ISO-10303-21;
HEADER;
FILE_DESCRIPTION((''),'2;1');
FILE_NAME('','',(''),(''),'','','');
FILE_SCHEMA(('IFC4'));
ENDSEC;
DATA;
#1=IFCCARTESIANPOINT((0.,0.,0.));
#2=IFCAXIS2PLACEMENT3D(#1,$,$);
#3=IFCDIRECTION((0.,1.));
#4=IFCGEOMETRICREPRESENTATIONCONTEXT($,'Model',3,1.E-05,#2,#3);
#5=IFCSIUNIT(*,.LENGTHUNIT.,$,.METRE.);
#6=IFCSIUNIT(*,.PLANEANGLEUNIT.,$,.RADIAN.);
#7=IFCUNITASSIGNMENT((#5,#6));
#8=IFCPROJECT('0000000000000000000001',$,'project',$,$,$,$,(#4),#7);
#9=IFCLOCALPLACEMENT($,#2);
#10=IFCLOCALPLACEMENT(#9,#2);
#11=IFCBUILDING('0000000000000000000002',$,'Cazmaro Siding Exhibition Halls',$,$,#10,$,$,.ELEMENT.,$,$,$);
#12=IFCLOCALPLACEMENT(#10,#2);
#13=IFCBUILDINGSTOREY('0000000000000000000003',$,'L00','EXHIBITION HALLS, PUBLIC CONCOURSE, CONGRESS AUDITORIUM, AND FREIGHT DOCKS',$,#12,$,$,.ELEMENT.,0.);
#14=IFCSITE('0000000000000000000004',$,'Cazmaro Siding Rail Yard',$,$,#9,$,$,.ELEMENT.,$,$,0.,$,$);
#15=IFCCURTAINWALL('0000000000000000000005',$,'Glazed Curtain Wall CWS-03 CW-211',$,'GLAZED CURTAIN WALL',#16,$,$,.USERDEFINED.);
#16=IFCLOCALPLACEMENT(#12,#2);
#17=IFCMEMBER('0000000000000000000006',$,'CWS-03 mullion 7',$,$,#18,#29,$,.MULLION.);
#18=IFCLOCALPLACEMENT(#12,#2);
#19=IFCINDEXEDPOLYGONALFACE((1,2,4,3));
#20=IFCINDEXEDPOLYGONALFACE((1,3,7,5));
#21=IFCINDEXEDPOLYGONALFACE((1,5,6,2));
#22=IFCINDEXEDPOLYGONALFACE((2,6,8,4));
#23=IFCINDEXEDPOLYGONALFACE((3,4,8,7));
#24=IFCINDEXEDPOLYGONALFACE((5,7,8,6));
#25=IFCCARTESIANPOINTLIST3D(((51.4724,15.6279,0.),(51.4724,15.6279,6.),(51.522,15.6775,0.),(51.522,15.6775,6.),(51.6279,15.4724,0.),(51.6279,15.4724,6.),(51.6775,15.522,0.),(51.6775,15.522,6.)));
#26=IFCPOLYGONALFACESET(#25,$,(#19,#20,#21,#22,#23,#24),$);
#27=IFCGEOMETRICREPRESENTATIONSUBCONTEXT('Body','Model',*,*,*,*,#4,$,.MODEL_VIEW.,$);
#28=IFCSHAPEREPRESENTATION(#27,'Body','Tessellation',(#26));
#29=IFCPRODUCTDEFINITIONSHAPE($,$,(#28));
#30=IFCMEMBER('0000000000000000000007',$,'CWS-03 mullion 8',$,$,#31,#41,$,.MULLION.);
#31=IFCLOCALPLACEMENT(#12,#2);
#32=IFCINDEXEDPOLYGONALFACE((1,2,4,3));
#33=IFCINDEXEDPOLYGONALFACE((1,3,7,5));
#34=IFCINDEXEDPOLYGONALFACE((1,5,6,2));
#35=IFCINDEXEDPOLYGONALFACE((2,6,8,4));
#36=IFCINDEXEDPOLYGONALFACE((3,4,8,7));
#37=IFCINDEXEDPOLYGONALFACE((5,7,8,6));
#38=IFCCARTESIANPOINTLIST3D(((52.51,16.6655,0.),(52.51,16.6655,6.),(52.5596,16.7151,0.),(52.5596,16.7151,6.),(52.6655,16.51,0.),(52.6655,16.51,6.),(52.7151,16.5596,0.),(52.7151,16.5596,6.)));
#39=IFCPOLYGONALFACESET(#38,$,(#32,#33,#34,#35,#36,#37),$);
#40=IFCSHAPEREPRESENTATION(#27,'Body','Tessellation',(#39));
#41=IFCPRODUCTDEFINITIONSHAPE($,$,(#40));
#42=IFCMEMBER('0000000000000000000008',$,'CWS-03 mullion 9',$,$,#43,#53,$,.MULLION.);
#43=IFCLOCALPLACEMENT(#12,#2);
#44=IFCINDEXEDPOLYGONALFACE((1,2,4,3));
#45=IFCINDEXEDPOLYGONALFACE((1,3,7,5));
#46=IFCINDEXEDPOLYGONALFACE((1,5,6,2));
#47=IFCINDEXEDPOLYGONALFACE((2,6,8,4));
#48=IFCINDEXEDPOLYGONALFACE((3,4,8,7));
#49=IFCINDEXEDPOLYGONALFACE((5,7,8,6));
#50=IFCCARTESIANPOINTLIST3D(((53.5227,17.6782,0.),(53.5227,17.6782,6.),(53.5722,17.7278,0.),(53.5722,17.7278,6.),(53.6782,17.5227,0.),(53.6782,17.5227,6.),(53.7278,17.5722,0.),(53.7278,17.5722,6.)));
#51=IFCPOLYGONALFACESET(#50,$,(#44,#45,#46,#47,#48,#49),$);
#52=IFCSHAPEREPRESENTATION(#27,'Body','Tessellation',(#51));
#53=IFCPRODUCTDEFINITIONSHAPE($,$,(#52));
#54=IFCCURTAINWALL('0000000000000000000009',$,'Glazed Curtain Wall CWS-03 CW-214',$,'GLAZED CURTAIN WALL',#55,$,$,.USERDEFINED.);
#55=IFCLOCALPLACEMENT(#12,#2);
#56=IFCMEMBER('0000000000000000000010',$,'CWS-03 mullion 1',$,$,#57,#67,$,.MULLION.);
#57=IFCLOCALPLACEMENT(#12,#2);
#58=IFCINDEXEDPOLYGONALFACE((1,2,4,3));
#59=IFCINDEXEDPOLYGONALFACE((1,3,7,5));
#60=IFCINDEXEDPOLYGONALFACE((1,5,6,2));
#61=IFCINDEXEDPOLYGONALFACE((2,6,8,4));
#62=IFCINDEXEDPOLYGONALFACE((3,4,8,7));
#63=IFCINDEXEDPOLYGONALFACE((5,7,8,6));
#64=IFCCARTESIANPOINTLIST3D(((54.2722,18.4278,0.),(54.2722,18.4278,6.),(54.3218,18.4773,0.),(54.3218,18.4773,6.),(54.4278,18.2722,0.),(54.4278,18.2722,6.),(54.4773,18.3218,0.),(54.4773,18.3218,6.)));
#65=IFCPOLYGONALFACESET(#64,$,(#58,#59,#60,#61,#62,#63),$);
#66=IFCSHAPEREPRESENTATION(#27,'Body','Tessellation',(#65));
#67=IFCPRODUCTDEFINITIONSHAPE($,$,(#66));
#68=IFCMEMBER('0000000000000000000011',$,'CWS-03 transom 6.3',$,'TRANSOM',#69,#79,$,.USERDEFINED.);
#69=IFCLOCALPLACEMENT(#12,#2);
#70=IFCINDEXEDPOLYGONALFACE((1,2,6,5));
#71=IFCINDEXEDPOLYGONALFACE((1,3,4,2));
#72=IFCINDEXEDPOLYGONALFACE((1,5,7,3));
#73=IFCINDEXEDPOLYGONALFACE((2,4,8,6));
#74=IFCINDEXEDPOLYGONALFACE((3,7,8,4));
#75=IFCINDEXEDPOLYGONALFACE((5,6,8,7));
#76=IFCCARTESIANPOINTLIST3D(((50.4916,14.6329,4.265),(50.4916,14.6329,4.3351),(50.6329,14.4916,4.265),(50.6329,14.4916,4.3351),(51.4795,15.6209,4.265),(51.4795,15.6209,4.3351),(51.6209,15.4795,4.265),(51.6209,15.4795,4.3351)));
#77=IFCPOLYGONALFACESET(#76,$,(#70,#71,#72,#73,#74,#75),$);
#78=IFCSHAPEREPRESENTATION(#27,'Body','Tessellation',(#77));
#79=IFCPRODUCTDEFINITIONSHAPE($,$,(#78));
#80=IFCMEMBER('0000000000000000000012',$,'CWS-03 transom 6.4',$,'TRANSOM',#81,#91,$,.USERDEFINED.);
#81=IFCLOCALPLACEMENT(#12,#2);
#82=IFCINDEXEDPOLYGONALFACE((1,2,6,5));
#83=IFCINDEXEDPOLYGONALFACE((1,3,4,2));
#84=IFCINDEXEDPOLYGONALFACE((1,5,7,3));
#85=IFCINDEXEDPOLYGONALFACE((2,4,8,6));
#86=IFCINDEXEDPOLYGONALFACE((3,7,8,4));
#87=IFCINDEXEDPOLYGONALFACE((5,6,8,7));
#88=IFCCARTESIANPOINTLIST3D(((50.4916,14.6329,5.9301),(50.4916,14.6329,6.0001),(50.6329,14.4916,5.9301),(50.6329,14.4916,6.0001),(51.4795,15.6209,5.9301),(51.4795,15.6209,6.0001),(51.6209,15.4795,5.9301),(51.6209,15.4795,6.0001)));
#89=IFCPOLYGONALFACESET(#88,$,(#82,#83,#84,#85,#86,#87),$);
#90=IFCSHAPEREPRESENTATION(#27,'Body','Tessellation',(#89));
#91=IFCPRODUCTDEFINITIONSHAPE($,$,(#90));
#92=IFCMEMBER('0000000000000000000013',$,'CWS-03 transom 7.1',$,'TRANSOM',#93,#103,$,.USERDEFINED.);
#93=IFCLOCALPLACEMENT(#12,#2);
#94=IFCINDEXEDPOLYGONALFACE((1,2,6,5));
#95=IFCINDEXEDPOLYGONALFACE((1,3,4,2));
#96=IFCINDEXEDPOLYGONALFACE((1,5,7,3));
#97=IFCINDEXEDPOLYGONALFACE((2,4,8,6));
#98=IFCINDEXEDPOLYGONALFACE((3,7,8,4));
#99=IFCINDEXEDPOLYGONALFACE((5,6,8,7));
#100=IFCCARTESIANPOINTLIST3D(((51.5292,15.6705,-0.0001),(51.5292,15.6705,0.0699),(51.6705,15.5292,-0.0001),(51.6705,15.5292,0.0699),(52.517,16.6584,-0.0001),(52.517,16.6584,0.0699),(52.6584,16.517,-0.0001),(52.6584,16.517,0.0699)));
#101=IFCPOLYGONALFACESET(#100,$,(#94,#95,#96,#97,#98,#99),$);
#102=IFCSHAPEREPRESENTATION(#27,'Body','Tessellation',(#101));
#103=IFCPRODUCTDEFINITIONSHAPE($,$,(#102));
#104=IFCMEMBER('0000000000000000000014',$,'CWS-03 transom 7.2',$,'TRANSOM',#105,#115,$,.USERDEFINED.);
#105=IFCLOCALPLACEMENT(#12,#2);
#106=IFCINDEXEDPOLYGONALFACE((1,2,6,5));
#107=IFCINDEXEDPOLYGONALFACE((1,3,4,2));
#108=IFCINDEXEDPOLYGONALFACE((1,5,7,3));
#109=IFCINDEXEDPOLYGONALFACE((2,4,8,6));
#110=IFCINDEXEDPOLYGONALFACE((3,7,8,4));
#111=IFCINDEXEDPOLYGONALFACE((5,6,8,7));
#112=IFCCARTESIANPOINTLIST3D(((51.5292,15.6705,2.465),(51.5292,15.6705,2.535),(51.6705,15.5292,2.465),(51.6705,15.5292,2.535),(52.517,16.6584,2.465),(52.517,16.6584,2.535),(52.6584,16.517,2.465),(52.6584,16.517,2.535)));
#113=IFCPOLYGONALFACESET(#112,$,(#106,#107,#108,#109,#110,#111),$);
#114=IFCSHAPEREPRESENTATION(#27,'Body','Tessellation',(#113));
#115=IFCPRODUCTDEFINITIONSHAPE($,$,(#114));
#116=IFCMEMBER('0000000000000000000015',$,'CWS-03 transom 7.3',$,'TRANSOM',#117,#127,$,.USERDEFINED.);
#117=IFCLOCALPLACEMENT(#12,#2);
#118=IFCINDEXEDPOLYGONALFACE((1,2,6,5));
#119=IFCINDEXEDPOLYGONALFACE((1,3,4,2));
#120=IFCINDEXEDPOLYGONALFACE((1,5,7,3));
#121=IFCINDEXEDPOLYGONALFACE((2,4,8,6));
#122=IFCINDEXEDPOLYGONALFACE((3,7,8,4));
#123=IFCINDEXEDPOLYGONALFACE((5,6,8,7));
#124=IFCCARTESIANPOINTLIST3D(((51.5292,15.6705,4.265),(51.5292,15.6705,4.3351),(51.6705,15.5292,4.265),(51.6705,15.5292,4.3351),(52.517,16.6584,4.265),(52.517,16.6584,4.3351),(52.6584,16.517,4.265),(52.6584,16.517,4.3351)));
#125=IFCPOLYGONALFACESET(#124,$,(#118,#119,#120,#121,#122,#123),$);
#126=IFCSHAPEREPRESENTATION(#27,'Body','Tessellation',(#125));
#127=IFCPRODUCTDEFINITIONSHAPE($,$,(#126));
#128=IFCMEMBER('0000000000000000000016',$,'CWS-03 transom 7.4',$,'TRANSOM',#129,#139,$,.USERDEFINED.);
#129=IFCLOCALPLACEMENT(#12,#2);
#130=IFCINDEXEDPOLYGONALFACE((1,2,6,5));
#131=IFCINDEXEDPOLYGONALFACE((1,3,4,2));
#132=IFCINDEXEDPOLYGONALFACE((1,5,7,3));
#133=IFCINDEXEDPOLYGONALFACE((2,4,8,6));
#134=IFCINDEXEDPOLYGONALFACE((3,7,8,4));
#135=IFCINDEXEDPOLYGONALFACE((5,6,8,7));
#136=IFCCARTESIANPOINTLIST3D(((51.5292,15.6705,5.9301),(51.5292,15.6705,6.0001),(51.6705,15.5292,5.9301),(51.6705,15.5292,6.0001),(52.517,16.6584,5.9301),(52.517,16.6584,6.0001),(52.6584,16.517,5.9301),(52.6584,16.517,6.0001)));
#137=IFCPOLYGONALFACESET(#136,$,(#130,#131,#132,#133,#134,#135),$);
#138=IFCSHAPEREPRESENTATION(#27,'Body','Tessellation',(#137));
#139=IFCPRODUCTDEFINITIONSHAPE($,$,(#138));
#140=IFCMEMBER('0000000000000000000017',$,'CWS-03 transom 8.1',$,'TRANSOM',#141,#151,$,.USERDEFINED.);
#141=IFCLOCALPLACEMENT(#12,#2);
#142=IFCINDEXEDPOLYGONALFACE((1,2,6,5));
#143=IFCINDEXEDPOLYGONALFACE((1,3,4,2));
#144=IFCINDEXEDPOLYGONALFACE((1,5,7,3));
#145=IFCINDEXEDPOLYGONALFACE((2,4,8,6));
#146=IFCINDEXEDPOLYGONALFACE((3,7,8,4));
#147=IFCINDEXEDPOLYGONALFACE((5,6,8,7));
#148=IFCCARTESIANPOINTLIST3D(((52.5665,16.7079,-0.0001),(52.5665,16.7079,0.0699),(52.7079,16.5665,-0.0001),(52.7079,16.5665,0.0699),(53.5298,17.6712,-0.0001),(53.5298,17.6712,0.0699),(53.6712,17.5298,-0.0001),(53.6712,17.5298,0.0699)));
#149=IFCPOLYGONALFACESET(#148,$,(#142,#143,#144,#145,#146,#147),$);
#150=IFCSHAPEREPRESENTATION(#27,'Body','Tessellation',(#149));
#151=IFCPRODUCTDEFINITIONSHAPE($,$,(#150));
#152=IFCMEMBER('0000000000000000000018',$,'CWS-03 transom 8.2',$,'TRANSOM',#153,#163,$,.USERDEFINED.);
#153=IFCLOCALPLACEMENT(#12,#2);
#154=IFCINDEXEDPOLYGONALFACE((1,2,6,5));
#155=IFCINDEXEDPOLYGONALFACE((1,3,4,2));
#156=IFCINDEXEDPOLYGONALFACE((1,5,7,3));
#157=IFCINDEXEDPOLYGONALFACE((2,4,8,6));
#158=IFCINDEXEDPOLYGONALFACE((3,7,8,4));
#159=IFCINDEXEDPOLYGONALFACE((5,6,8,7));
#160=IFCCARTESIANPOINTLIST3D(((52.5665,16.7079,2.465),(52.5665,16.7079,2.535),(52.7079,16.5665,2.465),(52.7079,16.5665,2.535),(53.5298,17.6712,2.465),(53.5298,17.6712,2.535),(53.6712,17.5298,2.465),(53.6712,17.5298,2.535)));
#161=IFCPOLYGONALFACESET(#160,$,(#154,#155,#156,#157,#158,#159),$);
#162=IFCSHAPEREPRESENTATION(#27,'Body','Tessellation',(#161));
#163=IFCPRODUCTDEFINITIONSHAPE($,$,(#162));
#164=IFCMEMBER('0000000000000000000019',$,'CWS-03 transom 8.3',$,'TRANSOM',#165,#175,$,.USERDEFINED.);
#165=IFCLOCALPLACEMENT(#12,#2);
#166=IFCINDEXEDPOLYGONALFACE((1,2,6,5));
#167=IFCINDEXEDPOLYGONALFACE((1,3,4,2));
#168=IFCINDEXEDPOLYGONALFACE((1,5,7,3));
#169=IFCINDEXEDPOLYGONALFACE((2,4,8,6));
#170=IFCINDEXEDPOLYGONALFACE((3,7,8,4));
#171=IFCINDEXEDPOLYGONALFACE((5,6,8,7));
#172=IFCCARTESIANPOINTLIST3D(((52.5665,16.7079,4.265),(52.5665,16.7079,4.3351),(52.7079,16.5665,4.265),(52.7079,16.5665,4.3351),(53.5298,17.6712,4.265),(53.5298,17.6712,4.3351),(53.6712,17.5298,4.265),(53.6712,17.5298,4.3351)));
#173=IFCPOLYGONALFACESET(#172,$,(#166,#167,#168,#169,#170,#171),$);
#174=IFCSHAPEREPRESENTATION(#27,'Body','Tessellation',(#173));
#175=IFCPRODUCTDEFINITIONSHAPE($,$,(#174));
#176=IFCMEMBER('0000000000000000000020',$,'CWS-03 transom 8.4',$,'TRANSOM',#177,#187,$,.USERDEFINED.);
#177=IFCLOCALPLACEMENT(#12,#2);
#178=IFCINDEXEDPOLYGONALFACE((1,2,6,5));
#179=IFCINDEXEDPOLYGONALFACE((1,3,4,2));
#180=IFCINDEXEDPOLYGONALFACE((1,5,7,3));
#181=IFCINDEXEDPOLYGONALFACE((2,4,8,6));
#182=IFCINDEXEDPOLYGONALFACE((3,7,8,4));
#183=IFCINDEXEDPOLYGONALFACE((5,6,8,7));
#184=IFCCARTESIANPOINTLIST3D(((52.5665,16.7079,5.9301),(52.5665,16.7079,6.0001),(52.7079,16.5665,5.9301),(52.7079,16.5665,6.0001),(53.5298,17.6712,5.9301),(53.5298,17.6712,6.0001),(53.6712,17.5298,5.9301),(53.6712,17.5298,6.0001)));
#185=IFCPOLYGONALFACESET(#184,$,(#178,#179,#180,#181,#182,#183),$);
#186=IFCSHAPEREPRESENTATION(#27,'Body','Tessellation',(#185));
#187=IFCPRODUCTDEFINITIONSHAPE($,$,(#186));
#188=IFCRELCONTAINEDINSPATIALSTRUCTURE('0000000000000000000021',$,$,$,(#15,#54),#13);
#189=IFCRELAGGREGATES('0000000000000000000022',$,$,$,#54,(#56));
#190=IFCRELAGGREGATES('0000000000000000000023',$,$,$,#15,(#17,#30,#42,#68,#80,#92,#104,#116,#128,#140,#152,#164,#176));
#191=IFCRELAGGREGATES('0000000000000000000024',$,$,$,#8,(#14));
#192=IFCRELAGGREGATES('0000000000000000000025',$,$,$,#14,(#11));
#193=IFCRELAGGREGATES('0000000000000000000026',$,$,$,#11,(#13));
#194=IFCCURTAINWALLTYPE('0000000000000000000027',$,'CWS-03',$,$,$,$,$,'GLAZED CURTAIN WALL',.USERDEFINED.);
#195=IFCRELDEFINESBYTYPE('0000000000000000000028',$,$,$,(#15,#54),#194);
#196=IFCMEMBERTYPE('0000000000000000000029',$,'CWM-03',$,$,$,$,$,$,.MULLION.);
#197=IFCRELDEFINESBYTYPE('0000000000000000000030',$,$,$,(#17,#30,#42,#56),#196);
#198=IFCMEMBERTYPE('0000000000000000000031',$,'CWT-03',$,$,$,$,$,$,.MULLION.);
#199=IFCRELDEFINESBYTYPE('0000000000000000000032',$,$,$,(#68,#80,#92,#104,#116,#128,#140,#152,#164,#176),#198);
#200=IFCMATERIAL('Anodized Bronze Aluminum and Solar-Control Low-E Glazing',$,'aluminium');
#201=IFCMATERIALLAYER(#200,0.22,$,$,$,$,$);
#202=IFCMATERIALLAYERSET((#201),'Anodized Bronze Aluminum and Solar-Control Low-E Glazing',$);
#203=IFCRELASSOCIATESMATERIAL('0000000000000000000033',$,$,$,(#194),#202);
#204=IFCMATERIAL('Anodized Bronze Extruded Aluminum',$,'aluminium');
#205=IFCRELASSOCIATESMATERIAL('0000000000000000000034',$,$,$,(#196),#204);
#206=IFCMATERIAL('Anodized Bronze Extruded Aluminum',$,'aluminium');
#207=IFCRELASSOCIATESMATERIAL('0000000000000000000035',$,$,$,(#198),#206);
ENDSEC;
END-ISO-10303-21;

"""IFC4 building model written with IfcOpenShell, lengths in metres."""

from ifc_helpers import new_model, si_unit, direction, frame, origin, origin_2d, place, context, subcontext, project, spatial, rectangle, extrude, material, layer, layer_set, material_profile, profile_set, type_object, element, aggregate, save


model = new_model("IFC4")

# Units and contexts
model_context = context("Model", 3, precision=1e-05, world=origin(), true_north=direction((0.0, 1.0)))
body_context = subcontext(model_context, "Body", "Model", "MODEL_VIEW")
ifc_project = project(units=[si_unit("LENGTHUNIT", "METRE"), si_unit("PLANEANGLEUNIT", "RADIAN")], contexts=[model_context])

# Site, building, storey
site_placement = place(None, origin())
site = spatial("IfcSite", under=ifc_project, at=site_placement, Name="Cazmaro Siding Rail Yard", CompositionType="ELEMENT", RefElevation=0.0)
building_placement = place(site_placement, origin())
building = spatial("IfcBuilding", under=site, at=building_placement, Name="Cazmaro Siding Exhibition Halls", CompositionType="ELEMENT")
storey_placement = place(building_placement, origin())
storey = spatial("IfcBuildingStorey", under=building, at=storey_placement, Name="L00", Description="EXHIBITION HALLS, PUBLIC CONCOURSE, CONGRESS AUDITORIUM, AND FREIGHT DOCKS", CompositionType="ELEMENT", Elevation=0.0)

# Curtain wall, members
ifc_material_1 = material(Name="Anodized Bronze Aluminum and Solar-Control Low-E Glazing", Category="aluminium")
ifc_layer_1 = layer(ifc_material_1, 0.22)
ifc_layer_set_1 = layer_set([ifc_layer_1], Name="Anodized Bronze Aluminum and Solar-Control Low-E Glazing")
curtain_wall_type = type_object("IfcCurtainWallType", Name="CWS-03", ElementType="GLAZED CURTAIN WALL", PredefinedType="USERDEFINED", material=ifc_layer_set_1)
curtain_wall_1_placement = place(storey_placement, origin())
curtain_wall_1 = element("IfcCurtainWall", 1, at=curtain_wall_1_placement, inside=storey, type_object=curtain_wall_type, Name="Glazed Curtain Wall CWS-03 CW-211", ObjectType="GLAZED CURTAIN WALL", PredefinedType="USERDEFINED")
ifc_material_2 = material(Name="Anodized Bronze Extruded Aluminum", Category="aluminium")
ifc_material_profile_1 = material_profile(ifc_material_2, rectangle(XDim=0.22, YDim=0.0701, at=origin_2d()), Name="CWM-03")
ifc_profile_set_1 = profile_set([ifc_material_profile_1], Name="Anodized Bronze Extruded Aluminum")
member_type_1 = type_object("IfcMemberType", Name="CWM-03", PredefinedType="MULLION", material=ifc_profile_set_1)
member_1_placement = place(storey_placement, frame((51.575, 15.575, 0.0), z_axis=(0.0, 0.0, 1.0), x_axis=(-0.707107, 0.707107, 0.0)))
member_1 = element("IfcMember", 2, at=member_1_placement, type_object=member_type_1, Name="CWS-03 mullion 7", PredefinedType="MULLION", context=body_context, shape_type="SweptSolid", body=[
    extrude(rectangle(XDim=0.22, YDim=0.0701, at=origin_2d()), origin(), (0.0, 0.0, 1.0), 6.0),
])
member_2_placement = place(storey_placement, frame((52.6125, 16.6125, 0.0), z_axis=(0.0, 0.0, 1.0), x_axis=(-0.707107, 0.707107, 0.0)))
member_2 = element("IfcMember", 3, at=member_2_placement, type_object=member_type_1, Name="CWS-03 mullion 8", PredefinedType="MULLION", context=body_context, shape_type="SweptSolid", body=[
    extrude(rectangle(XDim=0.22, YDim=0.0701, at=origin_2d()), origin(), (0.0, 0.0, 1.0), 6.0),
])
member_3_placement = place(storey_placement, frame((53.6252, 17.6252, 0.0), z_axis=(0.0, 0.0, 1.0), x_axis=(-0.707107, 0.707107, 0.0)))
member_3 = element("IfcMember", 4, at=member_3_placement, type_object=member_type_1, Name="CWS-03 mullion 9", PredefinedType="MULLION", context=body_context, shape_type="SweptSolid", body=[
    extrude(rectangle(XDim=0.22, YDim=0.0701, at=origin_2d()), origin(), (0.0, 0.0, 1.0), 6.0),
])

# Curtain wall, member
curtain_wall_2_placement = place(storey_placement, origin())
curtain_wall_2 = element("IfcCurtainWall", 5, at=curtain_wall_2_placement, inside=storey, type_object=curtain_wall_type, Name="Glazed Curtain Wall CWS-03 CW-214", ObjectType="GLAZED CURTAIN WALL", PredefinedType="USERDEFINED")
member_4_placement = place(storey_placement, frame((54.3748, 18.3748, 0.0), z_axis=(0.0, 0.0, 1.0), x_axis=(-0.707107, 0.707107, 0.0)))
member_4 = element("IfcMember", 6, at=member_4_placement, type_object=member_type_1, Name="CWS-03 mullion 1", PredefinedType="MULLION", context=body_context, shape_type="SweptSolid", body=[
    extrude(rectangle(XDim=0.22, YDim=0.0701, at=origin_2d()), origin(), (0.0, 0.0, 1.0), 6.0),
])

# Members
ifc_material_3 = material(Name="Anodized Bronze Extruded Aluminum", Category="aluminium")
ifc_material_profile_2 = material_profile(ifc_material_3, rectangle(XDim=0.2, YDim=0.0701, at=origin_2d()), Name="CWT-03")
ifc_profile_set_2 = profile_set([ifc_material_profile_2], Name="Anodized Bronze Extruded Aluminum")
member_type_2 = type_object("IfcMemberType", Name="CWT-03", PredefinedType="MULLION", material=ifc_profile_set_2)
member_5_placement = place(storey_placement, frame((50.5623, 14.5623, 4.3), z_axis=(0.707107, 0.707107, 0.0), x_axis=(-0.707107, 0.707107, 0.0)))
member_5 = element("IfcMember", 7, at=member_5_placement, type_object=member_type_2, Name="CWS-03 transom 6.3", ObjectType="TRANSOM", PredefinedType="USERDEFINED", context=body_context, shape_type="SweptSolid", body=[
    extrude(rectangle(XDim=0.2, YDim=0.0701, at=origin_2d()), origin(), (0.0, 0.0, 1.0), 1.3972),
])
member_6_placement = place(storey_placement, frame((50.5623, 14.5623, 5.9651), z_axis=(0.707107, 0.707107, 0.0), x_axis=(-0.707107, 0.707107, 0.0)))
member_6 = element("IfcMember", 8, at=member_6_placement, type_object=member_type_2, Name="CWS-03 transom 6.4", ObjectType="TRANSOM", PredefinedType="USERDEFINED", context=body_context, shape_type="SweptSolid", body=[
    extrude(rectangle(XDim=0.2, YDim=0.0701, at=origin_2d()), origin(), (0.0, 0.0, 1.0), 1.3972),
])
member_7_placement = place(storey_placement, frame((51.5999, 15.5999, 0.0349), z_axis=(0.707107, 0.707107, 0.0), x_axis=(-0.707107, 0.707107, 0.0)))
member_7 = element("IfcMember", 9, at=member_7_placement, type_object=member_type_2, Name="CWS-03 transom 7.1", ObjectType="TRANSOM", PredefinedType="USERDEFINED", context=body_context, shape_type="SweptSolid", body=[
    extrude(rectangle(XDim=0.2, YDim=0.0701, at=origin_2d()), origin(), (0.0, 0.0, 1.0), 1.397),
])
member_8_placement = place(storey_placement, frame((51.5999, 15.5999, 2.5), z_axis=(0.707107, 0.707107, 0.0), x_axis=(-0.707107, 0.707107, 0.0)))
member_8 = element("IfcMember", 10, at=member_8_placement, type_object=member_type_2, Name="CWS-03 transom 7.2", ObjectType="TRANSOM", PredefinedType="USERDEFINED", context=body_context, shape_type="SweptSolid", body=[
    extrude(rectangle(XDim=0.2, YDim=0.0701, at=origin_2d()), origin(), (0.0, 0.0, 1.0), 1.397),
])
member_9_placement = place(storey_placement, frame((51.5999, 15.5999, 4.3), z_axis=(0.707107, 0.707107, 0.0), x_axis=(-0.707107, 0.707107, 0.0)))
member_9 = element("IfcMember", 11, at=member_9_placement, type_object=member_type_2, Name="CWS-03 transom 7.3", ObjectType="TRANSOM", PredefinedType="USERDEFINED", context=body_context, shape_type="SweptSolid", body=[
    extrude(rectangle(XDim=0.2, YDim=0.0701, at=origin_2d()), origin(), (0.0, 0.0, 1.0), 1.397),
])
member_10_placement = place(storey_placement, frame((51.5999, 15.5999, 5.9651), z_axis=(0.707107, 0.707107, 0.0), x_axis=(-0.707107, 0.707107, 0.0)))
member_10 = element("IfcMember", 12, at=member_10_placement, type_object=member_type_2, Name="CWS-03 transom 7.4", ObjectType="TRANSOM", PredefinedType="USERDEFINED", context=body_context, shape_type="SweptSolid", body=[
    extrude(rectangle(XDim=0.2, YDim=0.0701, at=origin_2d()), origin(), (0.0, 0.0, 1.0), 1.397),
])
member_11_placement = place(storey_placement, frame((52.6372, 16.6372, 0.0349), z_axis=(0.707107, 0.707107, 0.0), x_axis=(-0.707107, 0.707107, 0.0)))
member_11 = element("IfcMember", 13, at=member_11_placement, type_object=member_type_2, Name="CWS-03 transom 8.1", ObjectType="TRANSOM", PredefinedType="USERDEFINED", context=body_context, shape_type="SweptSolid", body=[
    extrude(rectangle(XDim=0.2, YDim=0.0701, at=origin_2d()), origin(), (0.0, 0.0, 1.0), 1.3623),
])
member_12_placement = place(storey_placement, frame((52.6372, 16.6372, 2.5), z_axis=(0.707107, 0.707107, 0.0), x_axis=(-0.707107, 0.707107, 0.0)))
member_12 = element("IfcMember", 14, at=member_12_placement, type_object=member_type_2, Name="CWS-03 transom 8.2", ObjectType="TRANSOM", PredefinedType="USERDEFINED", context=body_context, shape_type="SweptSolid", body=[
    extrude(rectangle(XDim=0.2, YDim=0.0701, at=origin_2d()), origin(), (0.0, 0.0, 1.0), 1.3623),
])
member_13_placement = place(storey_placement, frame((52.6372, 16.6372, 4.3), z_axis=(0.707107, 0.707107, 0.0), x_axis=(-0.707107, 0.707107, 0.0)))
member_13 = element("IfcMember", 15, at=member_13_placement, type_object=member_type_2, Name="CWS-03 transom 8.3", ObjectType="TRANSOM", PredefinedType="USERDEFINED", context=body_context, shape_type="SweptSolid", body=[
    extrude(rectangle(XDim=0.2, YDim=0.0701, at=origin_2d()), origin(), (0.0, 0.0, 1.0), 1.3623),
])
member_14_placement = place(storey_placement, frame((52.6372, 16.6372, 5.9651), z_axis=(0.707107, 0.707107, 0.0), x_axis=(-0.707107, 0.707107, 0.0)))
member_14 = element("IfcMember", 16, at=member_14_placement, type_object=member_type_2, Name="CWS-03 transom 8.4", ObjectType="TRANSOM", PredefinedType="USERDEFINED", context=body_context, shape_type="SweptSolid", body=[
    extrude(rectangle(XDim=0.2, YDim=0.0701, at=origin_2d()), origin(), (0.0, 0.0, 1.0), 1.3623),
])
aggregate(curtain_wall_2, [member_4])

aggregate(curtain_wall_1, [member_1, member_2, member_3, member_5, member_6, member_7, member_8, member_9, member_10, member_11, member_12, member_13, member_14])

save(model, "model.ifc")
